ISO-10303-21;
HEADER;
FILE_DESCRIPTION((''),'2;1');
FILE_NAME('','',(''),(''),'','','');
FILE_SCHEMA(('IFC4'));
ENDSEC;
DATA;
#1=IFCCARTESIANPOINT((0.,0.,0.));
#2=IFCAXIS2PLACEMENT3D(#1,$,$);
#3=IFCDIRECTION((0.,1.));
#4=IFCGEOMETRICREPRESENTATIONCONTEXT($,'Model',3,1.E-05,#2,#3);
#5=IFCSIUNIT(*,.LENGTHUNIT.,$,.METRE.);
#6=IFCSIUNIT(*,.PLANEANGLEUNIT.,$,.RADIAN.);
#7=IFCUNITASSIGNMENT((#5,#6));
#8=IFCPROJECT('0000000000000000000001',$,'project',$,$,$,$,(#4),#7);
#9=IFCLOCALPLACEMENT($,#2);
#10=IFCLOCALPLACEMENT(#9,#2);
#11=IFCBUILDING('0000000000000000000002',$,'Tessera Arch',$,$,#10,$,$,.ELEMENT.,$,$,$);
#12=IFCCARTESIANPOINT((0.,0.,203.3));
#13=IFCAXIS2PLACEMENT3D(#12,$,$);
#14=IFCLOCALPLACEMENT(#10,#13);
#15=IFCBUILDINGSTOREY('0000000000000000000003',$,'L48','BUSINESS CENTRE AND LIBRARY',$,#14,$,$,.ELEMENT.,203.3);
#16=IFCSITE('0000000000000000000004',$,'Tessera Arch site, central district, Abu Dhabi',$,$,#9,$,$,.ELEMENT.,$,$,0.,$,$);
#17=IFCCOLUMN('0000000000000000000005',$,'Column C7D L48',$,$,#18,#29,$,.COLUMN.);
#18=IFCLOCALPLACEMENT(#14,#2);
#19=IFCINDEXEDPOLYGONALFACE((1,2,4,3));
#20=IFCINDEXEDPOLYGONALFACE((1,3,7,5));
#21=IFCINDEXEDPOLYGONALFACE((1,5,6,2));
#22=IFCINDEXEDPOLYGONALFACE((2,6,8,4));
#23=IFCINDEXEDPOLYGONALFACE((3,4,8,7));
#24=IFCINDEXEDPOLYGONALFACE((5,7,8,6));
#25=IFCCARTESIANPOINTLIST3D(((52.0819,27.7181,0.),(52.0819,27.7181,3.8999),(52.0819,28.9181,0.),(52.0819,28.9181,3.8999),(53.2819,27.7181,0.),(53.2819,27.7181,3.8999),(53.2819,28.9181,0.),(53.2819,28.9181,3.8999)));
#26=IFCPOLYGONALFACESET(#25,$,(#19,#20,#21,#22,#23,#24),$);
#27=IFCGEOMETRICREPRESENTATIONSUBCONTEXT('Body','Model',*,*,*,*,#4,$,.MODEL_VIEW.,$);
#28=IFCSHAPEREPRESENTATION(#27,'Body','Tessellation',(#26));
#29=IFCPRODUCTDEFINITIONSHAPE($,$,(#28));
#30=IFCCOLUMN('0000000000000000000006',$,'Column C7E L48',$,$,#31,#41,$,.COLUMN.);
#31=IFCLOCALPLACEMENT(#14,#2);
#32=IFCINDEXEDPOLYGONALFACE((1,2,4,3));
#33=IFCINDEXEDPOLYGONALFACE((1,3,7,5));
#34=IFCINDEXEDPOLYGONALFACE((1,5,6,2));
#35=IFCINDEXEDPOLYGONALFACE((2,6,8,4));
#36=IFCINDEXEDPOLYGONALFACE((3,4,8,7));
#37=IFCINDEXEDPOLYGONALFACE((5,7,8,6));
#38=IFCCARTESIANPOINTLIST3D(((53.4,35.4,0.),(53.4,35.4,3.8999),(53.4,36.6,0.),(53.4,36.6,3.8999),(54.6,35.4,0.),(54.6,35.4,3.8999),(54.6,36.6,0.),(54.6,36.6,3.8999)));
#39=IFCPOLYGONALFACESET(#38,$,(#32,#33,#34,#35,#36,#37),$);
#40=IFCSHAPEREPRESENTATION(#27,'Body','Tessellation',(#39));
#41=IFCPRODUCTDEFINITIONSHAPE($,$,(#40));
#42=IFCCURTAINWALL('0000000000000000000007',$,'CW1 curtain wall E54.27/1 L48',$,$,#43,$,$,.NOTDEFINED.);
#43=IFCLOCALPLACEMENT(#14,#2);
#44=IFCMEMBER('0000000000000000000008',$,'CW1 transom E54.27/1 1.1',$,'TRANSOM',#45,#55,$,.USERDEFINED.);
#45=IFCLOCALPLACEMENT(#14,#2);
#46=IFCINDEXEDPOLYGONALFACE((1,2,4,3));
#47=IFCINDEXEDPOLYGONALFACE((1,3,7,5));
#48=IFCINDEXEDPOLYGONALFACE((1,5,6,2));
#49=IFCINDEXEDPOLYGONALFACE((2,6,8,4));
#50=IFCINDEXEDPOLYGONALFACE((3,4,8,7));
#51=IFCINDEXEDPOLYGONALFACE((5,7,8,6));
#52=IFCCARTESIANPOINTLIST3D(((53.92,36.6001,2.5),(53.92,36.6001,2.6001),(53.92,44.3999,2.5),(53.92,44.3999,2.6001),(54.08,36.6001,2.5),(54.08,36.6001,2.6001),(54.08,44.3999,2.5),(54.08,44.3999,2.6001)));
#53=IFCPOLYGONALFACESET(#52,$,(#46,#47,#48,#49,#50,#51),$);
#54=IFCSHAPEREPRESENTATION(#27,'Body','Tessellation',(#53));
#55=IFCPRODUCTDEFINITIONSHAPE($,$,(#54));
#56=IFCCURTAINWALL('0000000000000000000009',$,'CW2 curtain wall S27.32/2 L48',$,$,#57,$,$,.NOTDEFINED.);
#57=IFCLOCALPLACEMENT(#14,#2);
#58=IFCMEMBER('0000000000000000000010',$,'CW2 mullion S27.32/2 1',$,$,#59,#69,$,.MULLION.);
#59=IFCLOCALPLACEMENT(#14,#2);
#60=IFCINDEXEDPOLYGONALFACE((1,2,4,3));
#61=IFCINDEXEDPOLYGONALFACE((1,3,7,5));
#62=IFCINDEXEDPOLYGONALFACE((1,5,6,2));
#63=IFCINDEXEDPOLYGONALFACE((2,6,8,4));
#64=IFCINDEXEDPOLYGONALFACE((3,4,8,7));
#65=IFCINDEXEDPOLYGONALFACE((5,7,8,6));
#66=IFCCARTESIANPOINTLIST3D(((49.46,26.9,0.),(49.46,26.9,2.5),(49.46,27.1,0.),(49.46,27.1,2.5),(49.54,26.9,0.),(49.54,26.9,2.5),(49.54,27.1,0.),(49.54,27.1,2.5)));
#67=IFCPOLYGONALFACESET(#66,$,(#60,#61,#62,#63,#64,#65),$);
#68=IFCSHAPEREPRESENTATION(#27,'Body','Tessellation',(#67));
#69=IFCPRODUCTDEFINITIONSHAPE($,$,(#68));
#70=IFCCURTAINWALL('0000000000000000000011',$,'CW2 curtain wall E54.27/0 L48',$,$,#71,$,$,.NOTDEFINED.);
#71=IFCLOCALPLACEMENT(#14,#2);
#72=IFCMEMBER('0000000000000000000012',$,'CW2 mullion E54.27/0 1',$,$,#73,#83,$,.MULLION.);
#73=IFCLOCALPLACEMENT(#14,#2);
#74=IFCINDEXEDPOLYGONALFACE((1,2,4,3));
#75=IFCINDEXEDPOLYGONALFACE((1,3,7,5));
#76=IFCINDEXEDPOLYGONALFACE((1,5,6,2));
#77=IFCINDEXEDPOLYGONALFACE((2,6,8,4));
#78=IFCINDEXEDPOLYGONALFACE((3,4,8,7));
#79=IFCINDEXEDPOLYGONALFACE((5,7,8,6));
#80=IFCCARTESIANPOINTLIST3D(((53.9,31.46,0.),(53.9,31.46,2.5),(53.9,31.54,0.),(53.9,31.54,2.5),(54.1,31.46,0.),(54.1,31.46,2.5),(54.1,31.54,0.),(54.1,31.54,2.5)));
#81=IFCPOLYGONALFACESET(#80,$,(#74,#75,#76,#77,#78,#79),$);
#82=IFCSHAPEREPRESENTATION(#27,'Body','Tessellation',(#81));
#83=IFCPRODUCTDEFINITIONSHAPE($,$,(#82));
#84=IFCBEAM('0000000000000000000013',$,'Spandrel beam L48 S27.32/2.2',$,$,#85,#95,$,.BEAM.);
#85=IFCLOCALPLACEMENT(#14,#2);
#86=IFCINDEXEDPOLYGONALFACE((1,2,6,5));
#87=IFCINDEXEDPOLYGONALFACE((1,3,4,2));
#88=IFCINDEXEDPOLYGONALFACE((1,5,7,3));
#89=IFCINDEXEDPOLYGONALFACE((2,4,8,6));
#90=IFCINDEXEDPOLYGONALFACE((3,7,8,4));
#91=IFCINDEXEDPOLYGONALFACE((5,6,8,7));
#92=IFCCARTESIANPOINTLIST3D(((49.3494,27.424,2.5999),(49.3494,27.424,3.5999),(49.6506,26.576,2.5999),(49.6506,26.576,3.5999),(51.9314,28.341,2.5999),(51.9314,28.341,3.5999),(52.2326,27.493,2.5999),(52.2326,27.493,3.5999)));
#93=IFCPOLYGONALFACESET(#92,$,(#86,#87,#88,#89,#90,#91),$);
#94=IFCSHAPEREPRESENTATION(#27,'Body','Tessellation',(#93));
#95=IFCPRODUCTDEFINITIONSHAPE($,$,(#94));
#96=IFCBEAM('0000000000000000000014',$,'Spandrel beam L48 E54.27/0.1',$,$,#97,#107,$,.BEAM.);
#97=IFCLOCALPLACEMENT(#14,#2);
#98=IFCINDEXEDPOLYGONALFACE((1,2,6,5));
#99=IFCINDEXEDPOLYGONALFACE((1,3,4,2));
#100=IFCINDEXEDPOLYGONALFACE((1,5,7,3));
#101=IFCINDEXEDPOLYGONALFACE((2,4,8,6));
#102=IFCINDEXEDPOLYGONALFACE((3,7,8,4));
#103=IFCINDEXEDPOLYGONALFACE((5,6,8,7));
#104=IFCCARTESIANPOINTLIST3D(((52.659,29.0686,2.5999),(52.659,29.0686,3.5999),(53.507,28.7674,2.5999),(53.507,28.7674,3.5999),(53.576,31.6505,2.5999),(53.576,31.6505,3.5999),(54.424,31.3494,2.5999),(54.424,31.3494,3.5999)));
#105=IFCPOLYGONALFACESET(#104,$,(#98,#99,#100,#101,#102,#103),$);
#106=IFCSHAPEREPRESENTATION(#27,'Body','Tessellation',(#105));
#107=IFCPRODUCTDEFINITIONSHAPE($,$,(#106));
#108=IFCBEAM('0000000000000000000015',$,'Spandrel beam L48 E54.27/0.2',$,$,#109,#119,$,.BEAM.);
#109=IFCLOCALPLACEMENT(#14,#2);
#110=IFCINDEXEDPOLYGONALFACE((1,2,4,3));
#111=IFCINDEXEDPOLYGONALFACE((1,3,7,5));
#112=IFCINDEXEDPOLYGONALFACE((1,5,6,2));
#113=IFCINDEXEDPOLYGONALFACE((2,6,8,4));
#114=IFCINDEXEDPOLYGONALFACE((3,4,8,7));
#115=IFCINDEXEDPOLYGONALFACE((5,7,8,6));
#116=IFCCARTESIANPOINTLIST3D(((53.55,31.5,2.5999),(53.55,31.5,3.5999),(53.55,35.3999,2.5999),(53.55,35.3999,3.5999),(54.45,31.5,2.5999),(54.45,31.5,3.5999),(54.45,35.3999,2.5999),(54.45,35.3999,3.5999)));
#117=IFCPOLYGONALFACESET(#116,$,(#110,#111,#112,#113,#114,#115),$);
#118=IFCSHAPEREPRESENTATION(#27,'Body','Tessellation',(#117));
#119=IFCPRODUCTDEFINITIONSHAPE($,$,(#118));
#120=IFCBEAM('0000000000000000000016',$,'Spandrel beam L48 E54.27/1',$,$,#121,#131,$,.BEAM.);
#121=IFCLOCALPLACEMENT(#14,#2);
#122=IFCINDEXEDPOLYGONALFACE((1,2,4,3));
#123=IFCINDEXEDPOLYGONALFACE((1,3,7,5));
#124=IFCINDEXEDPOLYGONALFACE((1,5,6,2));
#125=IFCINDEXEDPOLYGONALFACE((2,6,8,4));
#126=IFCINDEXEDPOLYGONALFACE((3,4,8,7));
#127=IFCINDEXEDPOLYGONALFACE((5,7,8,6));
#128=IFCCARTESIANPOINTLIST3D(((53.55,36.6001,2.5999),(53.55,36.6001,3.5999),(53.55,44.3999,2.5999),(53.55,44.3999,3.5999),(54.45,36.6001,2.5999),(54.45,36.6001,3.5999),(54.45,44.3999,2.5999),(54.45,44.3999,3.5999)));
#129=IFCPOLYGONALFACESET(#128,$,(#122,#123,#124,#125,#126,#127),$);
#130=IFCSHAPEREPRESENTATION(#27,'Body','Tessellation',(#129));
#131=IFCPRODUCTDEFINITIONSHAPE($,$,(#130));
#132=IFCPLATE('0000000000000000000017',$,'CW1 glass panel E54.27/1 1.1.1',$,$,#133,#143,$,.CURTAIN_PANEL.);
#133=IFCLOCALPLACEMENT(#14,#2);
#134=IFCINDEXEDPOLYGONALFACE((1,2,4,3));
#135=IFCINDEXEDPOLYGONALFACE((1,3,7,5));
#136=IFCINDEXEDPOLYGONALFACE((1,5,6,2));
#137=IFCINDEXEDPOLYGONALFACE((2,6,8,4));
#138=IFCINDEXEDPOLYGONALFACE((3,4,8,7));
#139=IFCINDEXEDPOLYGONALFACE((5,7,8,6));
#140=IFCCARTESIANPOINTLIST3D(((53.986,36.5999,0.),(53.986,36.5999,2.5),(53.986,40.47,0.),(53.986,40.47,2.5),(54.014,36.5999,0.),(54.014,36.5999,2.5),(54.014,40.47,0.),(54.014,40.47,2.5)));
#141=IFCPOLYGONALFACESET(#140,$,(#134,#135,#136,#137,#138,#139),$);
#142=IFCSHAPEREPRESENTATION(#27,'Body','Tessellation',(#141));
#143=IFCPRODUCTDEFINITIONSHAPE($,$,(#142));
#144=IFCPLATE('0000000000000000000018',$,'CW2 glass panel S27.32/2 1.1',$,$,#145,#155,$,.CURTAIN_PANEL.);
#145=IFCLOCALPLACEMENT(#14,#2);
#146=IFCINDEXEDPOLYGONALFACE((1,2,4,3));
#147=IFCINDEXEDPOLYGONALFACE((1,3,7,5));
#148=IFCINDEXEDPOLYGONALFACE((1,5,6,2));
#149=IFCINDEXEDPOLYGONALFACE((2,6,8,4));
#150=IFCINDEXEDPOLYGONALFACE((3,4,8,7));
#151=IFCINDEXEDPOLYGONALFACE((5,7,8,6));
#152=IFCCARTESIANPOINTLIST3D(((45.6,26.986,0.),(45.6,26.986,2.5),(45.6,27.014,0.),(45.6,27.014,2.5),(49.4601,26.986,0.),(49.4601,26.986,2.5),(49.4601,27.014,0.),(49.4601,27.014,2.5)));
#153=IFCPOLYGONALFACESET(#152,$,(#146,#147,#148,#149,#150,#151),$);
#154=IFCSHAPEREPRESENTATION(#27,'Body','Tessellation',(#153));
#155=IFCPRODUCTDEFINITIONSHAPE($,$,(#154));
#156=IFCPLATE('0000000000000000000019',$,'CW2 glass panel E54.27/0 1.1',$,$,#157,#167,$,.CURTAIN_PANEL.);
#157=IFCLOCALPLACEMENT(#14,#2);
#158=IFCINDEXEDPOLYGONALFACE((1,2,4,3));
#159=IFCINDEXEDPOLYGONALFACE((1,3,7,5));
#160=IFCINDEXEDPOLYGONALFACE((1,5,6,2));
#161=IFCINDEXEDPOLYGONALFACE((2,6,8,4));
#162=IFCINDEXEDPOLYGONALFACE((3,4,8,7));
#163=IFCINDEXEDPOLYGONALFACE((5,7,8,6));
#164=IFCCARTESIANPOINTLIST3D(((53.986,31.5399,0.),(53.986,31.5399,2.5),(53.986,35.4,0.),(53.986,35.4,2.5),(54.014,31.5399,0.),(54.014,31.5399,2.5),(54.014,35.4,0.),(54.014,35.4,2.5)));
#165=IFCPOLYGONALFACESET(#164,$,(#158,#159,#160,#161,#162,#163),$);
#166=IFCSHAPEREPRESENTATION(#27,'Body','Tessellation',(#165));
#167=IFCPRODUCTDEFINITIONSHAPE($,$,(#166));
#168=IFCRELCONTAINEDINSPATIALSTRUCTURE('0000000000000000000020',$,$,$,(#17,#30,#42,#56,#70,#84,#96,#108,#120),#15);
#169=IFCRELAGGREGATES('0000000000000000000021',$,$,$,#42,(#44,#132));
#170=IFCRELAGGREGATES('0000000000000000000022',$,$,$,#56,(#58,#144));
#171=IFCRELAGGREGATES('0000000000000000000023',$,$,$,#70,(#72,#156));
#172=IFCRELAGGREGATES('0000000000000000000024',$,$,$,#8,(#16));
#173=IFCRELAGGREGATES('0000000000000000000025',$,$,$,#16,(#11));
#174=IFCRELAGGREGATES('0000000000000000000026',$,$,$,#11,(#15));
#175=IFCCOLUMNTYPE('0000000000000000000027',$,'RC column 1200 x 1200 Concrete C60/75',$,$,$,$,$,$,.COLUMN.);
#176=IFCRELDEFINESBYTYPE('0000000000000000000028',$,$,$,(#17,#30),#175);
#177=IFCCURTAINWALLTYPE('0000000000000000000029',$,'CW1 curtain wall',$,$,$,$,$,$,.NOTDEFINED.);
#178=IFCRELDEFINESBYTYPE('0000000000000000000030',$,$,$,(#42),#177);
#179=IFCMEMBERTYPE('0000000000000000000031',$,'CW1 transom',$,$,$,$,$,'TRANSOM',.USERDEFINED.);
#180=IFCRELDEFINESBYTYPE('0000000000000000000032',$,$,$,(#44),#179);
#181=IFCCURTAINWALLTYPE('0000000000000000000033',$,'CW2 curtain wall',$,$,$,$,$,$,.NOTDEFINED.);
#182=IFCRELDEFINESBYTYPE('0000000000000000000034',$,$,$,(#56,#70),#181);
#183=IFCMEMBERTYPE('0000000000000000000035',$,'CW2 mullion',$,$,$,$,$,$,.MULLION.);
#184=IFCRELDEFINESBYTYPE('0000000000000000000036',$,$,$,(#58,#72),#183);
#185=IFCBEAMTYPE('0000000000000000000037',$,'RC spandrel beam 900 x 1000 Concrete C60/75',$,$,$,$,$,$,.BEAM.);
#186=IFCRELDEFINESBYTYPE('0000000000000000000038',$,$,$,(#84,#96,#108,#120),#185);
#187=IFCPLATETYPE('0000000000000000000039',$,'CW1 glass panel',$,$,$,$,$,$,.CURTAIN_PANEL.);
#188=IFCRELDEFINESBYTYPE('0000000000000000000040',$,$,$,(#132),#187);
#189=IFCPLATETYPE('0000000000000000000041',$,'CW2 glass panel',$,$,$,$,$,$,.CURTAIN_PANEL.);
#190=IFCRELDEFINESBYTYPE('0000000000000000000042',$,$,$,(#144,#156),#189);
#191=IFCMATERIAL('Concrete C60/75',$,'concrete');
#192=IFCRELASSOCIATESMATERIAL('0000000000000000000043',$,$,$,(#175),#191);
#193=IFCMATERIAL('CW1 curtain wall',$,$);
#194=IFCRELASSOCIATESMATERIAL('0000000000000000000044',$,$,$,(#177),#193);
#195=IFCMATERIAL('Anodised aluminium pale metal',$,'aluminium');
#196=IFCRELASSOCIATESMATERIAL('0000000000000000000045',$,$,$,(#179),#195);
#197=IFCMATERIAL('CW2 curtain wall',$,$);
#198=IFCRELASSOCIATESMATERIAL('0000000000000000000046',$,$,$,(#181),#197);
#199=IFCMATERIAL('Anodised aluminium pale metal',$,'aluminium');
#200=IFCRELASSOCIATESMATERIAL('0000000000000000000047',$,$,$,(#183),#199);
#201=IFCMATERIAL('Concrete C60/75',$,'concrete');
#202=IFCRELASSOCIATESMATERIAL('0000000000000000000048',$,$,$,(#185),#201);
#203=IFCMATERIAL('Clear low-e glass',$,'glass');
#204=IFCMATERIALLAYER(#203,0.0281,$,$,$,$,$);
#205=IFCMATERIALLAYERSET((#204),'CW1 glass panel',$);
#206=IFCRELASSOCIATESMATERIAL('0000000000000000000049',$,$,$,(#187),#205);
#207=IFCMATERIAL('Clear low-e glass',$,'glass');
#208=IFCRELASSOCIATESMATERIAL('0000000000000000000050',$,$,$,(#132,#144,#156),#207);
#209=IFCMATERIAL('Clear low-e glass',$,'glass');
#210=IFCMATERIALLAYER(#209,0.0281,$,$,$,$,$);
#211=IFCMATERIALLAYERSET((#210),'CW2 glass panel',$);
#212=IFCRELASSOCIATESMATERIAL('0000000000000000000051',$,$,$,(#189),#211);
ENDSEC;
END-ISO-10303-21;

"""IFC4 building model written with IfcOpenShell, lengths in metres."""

from ifc_helpers import new_model, si_unit, direction, frame, origin, origin_2d, place, context, subcontext, project, spatial, rectangle, extrude, material, layer, layer_set, material_profile, profile_set, type_object, element, aggregate, save


model = new_model("IFC4")

# Units and contexts
model_context = context("Model", 3, precision=1e-05, world=origin(), true_north=direction((0.0, 1.0)))
body_context = subcontext(model_context, "Body", "Model", "MODEL_VIEW")
ifc_project = project(units=[si_unit("LENGTHUNIT", "METRE"), si_unit("PLANEANGLEUNIT", "RADIAN")], contexts=[model_context])

# Site, building, storey
site_placement = place(None, origin())
site = spatial("IfcSite", under=ifc_project, at=site_placement, Name="Tessera Arch site, central district, Abu Dhabi", CompositionType="ELEMENT", RefElevation=0.0)
building_placement = place(site_placement, origin())
building = spatial("IfcBuilding", under=site, at=building_placement, Name="Tessera Arch", CompositionType="ELEMENT")
storey_placement = place(building_placement, frame((0.0, 0.0, 203.3)))
storey = spatial("IfcBuildingStorey", under=building, at=storey_placement, Name="L48", Description="BUSINESS CENTRE AND LIBRARY", CompositionType="ELEMENT", Elevation=203.3)

# Columns
ifc_material_1 = material(Name="Concrete C60/75", Category="concrete")
ifc_material_profile_1 = material_profile(ifc_material_1, rectangle(XDim=1.2, YDim=1.2, at=origin_2d()), Name="RC column 1200 x 1200 Concrete C60/75")
ifc_profile_set_1 = profile_set([ifc_material_profile_1], Name="Concrete C60/75")
column_type = type_object("IfcColumnType", Name="RC column 1200 x 1200 Concrete C60/75", PredefinedType="COLUMN", material=ifc_profile_set_1)
for number, where, z_axis, x_axis, name in (
    (1, (52.6819, 28.3181, 0.0), (0.0, 0.0, 1.0), (1.0, 0.0, 0.0), "Column C7D L48"),
    (2, (54.0, 36.0, 0.0), (0.0, 0.0, 1.0), (1.0, 0.0, 0.0), "Column C7E L48"),
):
    element("IfcColumn", number, at=place(storey_placement, frame(where, z_axis=z_axis, x_axis=x_axis)), inside=storey, type_object=column_type, Name=name, PredefinedType="COLUMN", context=body_context, shape_type="SweptSolid", body=[
        extrude(rectangle(XDim=1.2, YDim=1.2, at=origin_2d()), origin(), (0.0, 0.0, 1.0), 3.8999),
    ])

# Curtain walls, members
ifc_material_2 = material(Name="CW1 curtain wall")
curtain_wall_type_1 = type_object("IfcCurtainWallType", Name="CW1 curtain wall", PredefinedType="NOTDEFINED", material=ifc_material_2)
curtain_wall_1_placement = place(storey_placement, origin())
curtain_wall_1 = element("IfcCurtainWall", 3, at=curtain_wall_1_placement, inside=storey, type_object=curtain_wall_type_1, Name="CW1 curtain wall E54.27/1 L48", PredefinedType="NOTDEFINED")
ifc_material_3 = material(Name="Anodised aluminium pale metal", Category="aluminium")
ifc_material_profile_2 = material_profile(ifc_material_3, rectangle(XDim=0.1599, YDim=0.1001, at=origin_2d()), Name="AL 160x100")
ifc_profile_set_2 = profile_set([ifc_material_profile_2], Name="Anodised aluminium pale metal")
member_type_1 = type_object("IfcMemberType", Name="CW1 transom", ElementType="TRANSOM", PredefinedType="USERDEFINED", material=ifc_profile_set_2)
member_1_placement = place(storey_placement, frame((54.0, 36.6001, 2.55), z_axis=(0.0, 1.0, 0.0), x_axis=(-1.0, 0.0, 0.0)))
member_1 = element("IfcMember", 4, at=member_1_placement, type_object=member_type_1, Name="CW1 transom E54.27/1 1.1", ObjectType="TRANSOM", PredefinedType="USERDEFINED", context=body_context, shape_type="SweptSolid", body=[
    extrude(rectangle(XDim=0.1599, YDim=0.1001, at=origin_2d()), origin(), (0.0, 0.0, 1.0), 7.7998),
])
ifc_material_4 = material(Name="CW2 curtain wall")
curtain_wall_type_2 = type_object("IfcCurtainWallType", Name="CW2 curtain wall", PredefinedType="NOTDEFINED", material=ifc_material_4)
curtain_wall_2_placement = place(storey_placement, origin())
curtain_wall_2 = element("IfcCurtainWall", 5, at=curtain_wall_2_placement, inside=storey, type_object=curtain_wall_type_2, Name="CW2 curtain wall S27.32/2 L48", PredefinedType="NOTDEFINED")
ifc_material_5 = material(Name="Anodised aluminium pale metal", Category="aluminium")
ifc_material_profile_3 = material_profile(ifc_material_5, rectangle(XDim=0.2, YDim=0.0801, at=origin_2d()), Name="AL 80x200")
ifc_profile_set_3 = profile_set([ifc_material_profile_3], Name="Anodised aluminium pale metal")
member_type_2 = type_object("IfcMemberType", Name="CW2 mullion", PredefinedType="MULLION", material=ifc_profile_set_3)
member_2_placement = place(storey_placement, frame((49.5, 27.0, 0.0), z_axis=(0.0, 0.0, 1.0), x_axis=(0.0, 1.0, 0.0)))
member_2 = element("IfcMember", 6, at=member_2_placement, type_object=member_type_2, Name="CW2 mullion S27.32/2 1", PredefinedType="MULLION", context=body_context, shape_type="SweptSolid", body=[
    extrude(rectangle(XDim=0.2, YDim=0.0801, at=origin_2d()), origin(), (0.0, 0.0, 1.0), 2.5),
])
curtain_wall_3_placement = place(storey_placement, origin())
curtain_wall_3 = element("IfcCurtainWall", 7, at=curtain_wall_3_placement, inside=storey, type_object=curtain_wall_type_2, Name="CW2 curtain wall E54.27/0 L48", PredefinedType="NOTDEFINED")
member_3_placement = place(storey_placement, frame((54.0, 31.5, 0.0), z_axis=(0.0, 0.0, 1.0), x_axis=(-1.0, 0.0, 0.0)))
member_3 = element("IfcMember", 8, at=member_3_placement, type_object=member_type_2, Name="CW2 mullion E54.27/0 1", PredefinedType="MULLION", context=body_context, shape_type="SweptSolid", body=[
    extrude(rectangle(XDim=0.2, YDim=0.0801, at=origin_2d()), origin(), (0.0, 0.0, 1.0), 2.5),
])

# Beams
ifc_material_6 = material(Name="Concrete C60/75", Category="concrete")
ifc_material_profile_4 = material_profile(ifc_material_6, rectangle(XDim=0.8999, YDim=1.0, at=origin_2d()), Name="RC spandrel beam 900 x 1000 Concrete C60/75")
ifc_profile_set_4 = profile_set([ifc_material_profile_4], Name="Concrete C60/75")
beam_type = type_object("IfcBeamType", Name="RC spandrel beam 900 x 1000 Concrete C60/75", PredefinedType="BEAM", material=ifc_profile_set_4)
for number, where, z_axis, x_axis, name in (
    (9, (49.5, 27.0, 3.0999), (0.942337, 0.334665, 0.0), (-0.334665, 0.942337, 0.0), "Spandrel beam L48 S27.32/2.2"),
    (10, (53.083, 28.918, 3.0999), (0.334665, 0.942337, 0.0), (-0.942337, 0.334665, 0.0), "Spandrel beam L48 E54.27/0.1"),
):
    element("IfcBeam", number, at=place(storey_placement, frame(where, z_axis=z_axis, x_axis=x_axis)), inside=storey, type_object=beam_type, Name=name, PredefinedType="BEAM", context=body_context, shape_type="SweptSolid", body=[
        extrude(rectangle(XDim=0.8999, YDim=1.0, at=origin_2d()), origin(), (0.0, 0.0, 1.0), 2.74),
    ])
beam_1_placement = place(storey_placement, frame((54.0, 31.5, 3.0999), z_axis=(0.0, 1.0, 0.0), x_axis=(-1.0, 0.0, 0.0)))
element("IfcBeam", 11, at=beam_1_placement, inside=storey, type_object=beam_type, Name="Spandrel beam L48 E54.27/0.2", PredefinedType="BEAM", context=body_context, shape_type="SweptSolid", body=[
    extrude(rectangle(XDim=0.8999, YDim=1.0, at=origin_2d()), origin(), (0.0, 0.0, 1.0), 3.8999),
])
beam_2_placement = place(storey_placement, frame((54.0, 36.6001, 3.0999), z_axis=(0.0, 1.0, 0.0), x_axis=(-1.0, 0.0, 0.0)))
element("IfcBeam", 12, at=beam_2_placement, inside=storey, type_object=beam_type, Name="Spandrel beam L48 E54.27/1", PredefinedType="BEAM", context=body_context, shape_type="SweptSolid", body=[
    extrude(rectangle(XDim=0.8999, YDim=1.0, at=origin_2d()), origin(), (0.0, 0.0, 1.0), 7.7998),
])

# Plates
ifc_material_7 = material(Name="Clear low-e glass", Category="glass")
ifc_material_8 = material(Name="Clear low-e glass", Category="glass")
ifc_layer_1 = layer(ifc_material_8, 0.0281)
ifc_layer_set_1 = layer_set([ifc_layer_1], Name="CW1 glass panel")
plate_type_1 = type_object("IfcPlateType", Name="CW1 glass panel", PredefinedType="CURTAIN_PANEL", material=ifc_layer_set_1)
plate_1_placement = place(storey_placement, frame((54.0, 38.5349, 0.0), z_axis=(0.0, 0.0, 1.0), x_axis=(0.0, 1.0, 0.0)))
plate_1 = element("IfcPlate", 13, at=plate_1_placement, type_object=plate_type_1, material=ifc_material_7, Name="CW1 glass panel E54.27/1 1.1.1", PredefinedType="CURTAIN_PANEL", context=body_context, shape_type="SweptSolid", body=[
    extrude(rectangle(XDim=3.8701, YDim=0.0281, at=origin_2d()), origin(), (0.0, 0.0, 1.0), 2.5),
])
aggregate(curtain_wall_1, [member_1, plate_1])
ifc_material_9 = material(Name="Clear low-e glass", Category="glass")
ifc_layer_2 = layer(ifc_material_9, 0.0281)
ifc_layer_set_2 = layer_set([ifc_layer_2], Name="CW2 glass panel")
plate_type_2 = type_object("IfcPlateType", Name="CW2 glass panel", PredefinedType="CURTAIN_PANEL", material=ifc_layer_set_2)
plate_2_placement = place(storey_placement, frame((47.53, 27.0, 0.0), z_axis=(0.0, 0.0, 1.0), x_axis=(1.0, 0.0, 0.0)))
plate_2 = element("IfcPlate", 14, at=plate_2_placement, type_object=plate_type_2, material=ifc_material_7, Name="CW2 glass panel S27.32/2 1.1", PredefinedType="CURTAIN_PANEL", context=body_context, shape_type="SweptSolid", body=[
    extrude(rectangle(XDim=3.8601, YDim=0.0281, at=origin_2d()), origin(), (0.0, 0.0, 1.0), 2.5),
])
aggregate(curtain_wall_2, [member_2, plate_2])
plate_3_placement = place(storey_placement, frame((54.0, 33.47, 0.0), z_axis=(0.0, 0.0, 1.0), x_axis=(0.0, 1.0, 0.0)))
plate_3 = element("IfcPlate", 15, at=plate_3_placement, type_object=plate_type_2, material=ifc_material_7, Name="CW2 glass panel E54.27/0 1.1", PredefinedType="CURTAIN_PANEL", context=body_context, shape_type="SweptSolid", body=[
    extrude(rectangle(XDim=3.8601, YDim=0.0281, at=origin_2d()), origin(), (0.0, 0.0, 1.0), 2.5),
])
aggregate(curtain_wall_3, [member_3, plate_3])

save(model, "model.ifc")
